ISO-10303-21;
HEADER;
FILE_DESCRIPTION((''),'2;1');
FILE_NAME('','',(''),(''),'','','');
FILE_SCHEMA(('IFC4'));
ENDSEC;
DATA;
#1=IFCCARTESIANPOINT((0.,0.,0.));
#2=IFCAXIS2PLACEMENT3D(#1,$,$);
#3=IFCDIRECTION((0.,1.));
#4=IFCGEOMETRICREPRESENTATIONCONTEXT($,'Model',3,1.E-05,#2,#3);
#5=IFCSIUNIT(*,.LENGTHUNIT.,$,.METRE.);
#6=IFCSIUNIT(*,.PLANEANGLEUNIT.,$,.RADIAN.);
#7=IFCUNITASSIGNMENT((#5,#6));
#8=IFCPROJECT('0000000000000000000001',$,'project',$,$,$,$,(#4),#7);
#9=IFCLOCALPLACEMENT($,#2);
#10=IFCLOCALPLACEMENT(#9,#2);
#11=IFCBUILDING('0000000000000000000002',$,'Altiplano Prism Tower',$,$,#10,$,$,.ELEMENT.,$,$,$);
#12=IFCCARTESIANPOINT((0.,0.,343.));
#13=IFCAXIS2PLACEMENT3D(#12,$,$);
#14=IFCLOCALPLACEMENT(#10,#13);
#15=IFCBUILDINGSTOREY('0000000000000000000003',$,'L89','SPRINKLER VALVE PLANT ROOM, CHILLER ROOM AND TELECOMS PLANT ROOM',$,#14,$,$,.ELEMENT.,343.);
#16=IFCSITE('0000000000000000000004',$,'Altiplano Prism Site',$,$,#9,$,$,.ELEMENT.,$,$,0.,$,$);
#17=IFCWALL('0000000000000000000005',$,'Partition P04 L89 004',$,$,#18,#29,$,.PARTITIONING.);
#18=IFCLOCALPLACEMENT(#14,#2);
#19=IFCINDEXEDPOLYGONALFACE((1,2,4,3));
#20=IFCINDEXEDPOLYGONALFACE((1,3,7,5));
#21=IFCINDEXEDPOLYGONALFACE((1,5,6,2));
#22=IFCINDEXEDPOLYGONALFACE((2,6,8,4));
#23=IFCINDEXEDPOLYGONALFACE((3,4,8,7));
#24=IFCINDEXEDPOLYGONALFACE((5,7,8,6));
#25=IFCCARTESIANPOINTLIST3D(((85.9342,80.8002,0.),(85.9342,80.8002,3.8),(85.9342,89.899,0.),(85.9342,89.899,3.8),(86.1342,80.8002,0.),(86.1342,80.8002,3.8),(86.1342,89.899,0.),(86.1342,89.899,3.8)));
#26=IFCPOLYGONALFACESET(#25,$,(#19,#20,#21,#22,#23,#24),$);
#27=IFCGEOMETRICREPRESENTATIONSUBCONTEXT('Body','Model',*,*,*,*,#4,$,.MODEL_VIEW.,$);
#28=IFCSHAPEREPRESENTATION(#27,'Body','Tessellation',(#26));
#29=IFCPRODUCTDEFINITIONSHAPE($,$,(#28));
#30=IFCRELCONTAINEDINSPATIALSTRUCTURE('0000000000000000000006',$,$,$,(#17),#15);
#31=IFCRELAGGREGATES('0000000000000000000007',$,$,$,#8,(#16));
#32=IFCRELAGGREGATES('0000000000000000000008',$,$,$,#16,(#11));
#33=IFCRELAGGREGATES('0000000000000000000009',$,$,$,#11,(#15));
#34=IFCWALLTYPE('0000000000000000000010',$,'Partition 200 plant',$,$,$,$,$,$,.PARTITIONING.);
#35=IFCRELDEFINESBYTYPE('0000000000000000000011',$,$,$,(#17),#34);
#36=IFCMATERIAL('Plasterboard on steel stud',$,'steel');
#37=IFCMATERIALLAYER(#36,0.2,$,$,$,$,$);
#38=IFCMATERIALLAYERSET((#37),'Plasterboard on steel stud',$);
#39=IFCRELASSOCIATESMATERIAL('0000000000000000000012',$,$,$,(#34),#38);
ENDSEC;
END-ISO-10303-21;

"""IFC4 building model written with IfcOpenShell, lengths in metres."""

from ifc_helpers import new_model, si_unit, direction, frame, frame_2d, origin, place, context, subcontext, project, spatial, rectangle, extrude, material, layer, layer_set, type_object, element, save


model = new_model("IFC4")

# Units and contexts
model_context = context("Model", 3, precision=1e-05, world=origin(), true_north=direction((0.0, 1.0)))
body_context = subcontext(model_context, "Body", "Model", "MODEL_VIEW")
ifc_project = project(units=[si_unit("LENGTHUNIT", "METRE"), si_unit("PLANEANGLEUNIT", "RADIAN")], contexts=[model_context])

# Site, building, storey
site_placement = place(None, origin())
site = spatial("IfcSite", under=ifc_project, at=site_placement, Name="Altiplano Prism Site", CompositionType="ELEMENT", RefElevation=0.0)
building_placement = place(site_placement, origin())
building = spatial("IfcBuilding", under=site, at=building_placement, Name="Altiplano Prism Tower", CompositionType="ELEMENT")
storey_placement = place(building_placement, frame((0.0, 0.0, 343.0)))
storey = spatial("IfcBuildingStorey", under=building, at=storey_placement, Name="L89", Description="SPRINKLER VALVE PLANT ROOM, CHILLER ROOM AND TELECOMS PLANT ROOM", CompositionType="ELEMENT", Elevation=343.0)

# Wall
ifc_material_1 = material(Name="Plasterboard on steel stud", Category="steel")
ifc_layer_1 = layer(ifc_material_1, 0.2)
ifc_layer_set_1 = layer_set([ifc_layer_1], Name="Plasterboard on steel stud")
wall_type = type_object("IfcWallType", Name="Partition 200 plant", PredefinedType="PARTITIONING", material=ifc_layer_set_1)
wall_placement = place(storey_placement, frame((86.0342, 89.8989, 0.0), z_axis=(0.0, 0.0, 1.0), x_axis=(0.0, -1.0, 0.0)))
element("IfcWall", 1, at=wall_placement, inside=storey, type_object=wall_type, Name="Partition P04 L89 004", PredefinedType="PARTITIONING", context=body_context, shape_type="SweptSolid", body=[
    extrude(rectangle(XDim=9.0989, YDim=0.2, at=frame_2d((4.5493, 0.0))), origin(), (0.0, 0.0, 1.0), 3.8),
])

save(model, "model.ifc")
